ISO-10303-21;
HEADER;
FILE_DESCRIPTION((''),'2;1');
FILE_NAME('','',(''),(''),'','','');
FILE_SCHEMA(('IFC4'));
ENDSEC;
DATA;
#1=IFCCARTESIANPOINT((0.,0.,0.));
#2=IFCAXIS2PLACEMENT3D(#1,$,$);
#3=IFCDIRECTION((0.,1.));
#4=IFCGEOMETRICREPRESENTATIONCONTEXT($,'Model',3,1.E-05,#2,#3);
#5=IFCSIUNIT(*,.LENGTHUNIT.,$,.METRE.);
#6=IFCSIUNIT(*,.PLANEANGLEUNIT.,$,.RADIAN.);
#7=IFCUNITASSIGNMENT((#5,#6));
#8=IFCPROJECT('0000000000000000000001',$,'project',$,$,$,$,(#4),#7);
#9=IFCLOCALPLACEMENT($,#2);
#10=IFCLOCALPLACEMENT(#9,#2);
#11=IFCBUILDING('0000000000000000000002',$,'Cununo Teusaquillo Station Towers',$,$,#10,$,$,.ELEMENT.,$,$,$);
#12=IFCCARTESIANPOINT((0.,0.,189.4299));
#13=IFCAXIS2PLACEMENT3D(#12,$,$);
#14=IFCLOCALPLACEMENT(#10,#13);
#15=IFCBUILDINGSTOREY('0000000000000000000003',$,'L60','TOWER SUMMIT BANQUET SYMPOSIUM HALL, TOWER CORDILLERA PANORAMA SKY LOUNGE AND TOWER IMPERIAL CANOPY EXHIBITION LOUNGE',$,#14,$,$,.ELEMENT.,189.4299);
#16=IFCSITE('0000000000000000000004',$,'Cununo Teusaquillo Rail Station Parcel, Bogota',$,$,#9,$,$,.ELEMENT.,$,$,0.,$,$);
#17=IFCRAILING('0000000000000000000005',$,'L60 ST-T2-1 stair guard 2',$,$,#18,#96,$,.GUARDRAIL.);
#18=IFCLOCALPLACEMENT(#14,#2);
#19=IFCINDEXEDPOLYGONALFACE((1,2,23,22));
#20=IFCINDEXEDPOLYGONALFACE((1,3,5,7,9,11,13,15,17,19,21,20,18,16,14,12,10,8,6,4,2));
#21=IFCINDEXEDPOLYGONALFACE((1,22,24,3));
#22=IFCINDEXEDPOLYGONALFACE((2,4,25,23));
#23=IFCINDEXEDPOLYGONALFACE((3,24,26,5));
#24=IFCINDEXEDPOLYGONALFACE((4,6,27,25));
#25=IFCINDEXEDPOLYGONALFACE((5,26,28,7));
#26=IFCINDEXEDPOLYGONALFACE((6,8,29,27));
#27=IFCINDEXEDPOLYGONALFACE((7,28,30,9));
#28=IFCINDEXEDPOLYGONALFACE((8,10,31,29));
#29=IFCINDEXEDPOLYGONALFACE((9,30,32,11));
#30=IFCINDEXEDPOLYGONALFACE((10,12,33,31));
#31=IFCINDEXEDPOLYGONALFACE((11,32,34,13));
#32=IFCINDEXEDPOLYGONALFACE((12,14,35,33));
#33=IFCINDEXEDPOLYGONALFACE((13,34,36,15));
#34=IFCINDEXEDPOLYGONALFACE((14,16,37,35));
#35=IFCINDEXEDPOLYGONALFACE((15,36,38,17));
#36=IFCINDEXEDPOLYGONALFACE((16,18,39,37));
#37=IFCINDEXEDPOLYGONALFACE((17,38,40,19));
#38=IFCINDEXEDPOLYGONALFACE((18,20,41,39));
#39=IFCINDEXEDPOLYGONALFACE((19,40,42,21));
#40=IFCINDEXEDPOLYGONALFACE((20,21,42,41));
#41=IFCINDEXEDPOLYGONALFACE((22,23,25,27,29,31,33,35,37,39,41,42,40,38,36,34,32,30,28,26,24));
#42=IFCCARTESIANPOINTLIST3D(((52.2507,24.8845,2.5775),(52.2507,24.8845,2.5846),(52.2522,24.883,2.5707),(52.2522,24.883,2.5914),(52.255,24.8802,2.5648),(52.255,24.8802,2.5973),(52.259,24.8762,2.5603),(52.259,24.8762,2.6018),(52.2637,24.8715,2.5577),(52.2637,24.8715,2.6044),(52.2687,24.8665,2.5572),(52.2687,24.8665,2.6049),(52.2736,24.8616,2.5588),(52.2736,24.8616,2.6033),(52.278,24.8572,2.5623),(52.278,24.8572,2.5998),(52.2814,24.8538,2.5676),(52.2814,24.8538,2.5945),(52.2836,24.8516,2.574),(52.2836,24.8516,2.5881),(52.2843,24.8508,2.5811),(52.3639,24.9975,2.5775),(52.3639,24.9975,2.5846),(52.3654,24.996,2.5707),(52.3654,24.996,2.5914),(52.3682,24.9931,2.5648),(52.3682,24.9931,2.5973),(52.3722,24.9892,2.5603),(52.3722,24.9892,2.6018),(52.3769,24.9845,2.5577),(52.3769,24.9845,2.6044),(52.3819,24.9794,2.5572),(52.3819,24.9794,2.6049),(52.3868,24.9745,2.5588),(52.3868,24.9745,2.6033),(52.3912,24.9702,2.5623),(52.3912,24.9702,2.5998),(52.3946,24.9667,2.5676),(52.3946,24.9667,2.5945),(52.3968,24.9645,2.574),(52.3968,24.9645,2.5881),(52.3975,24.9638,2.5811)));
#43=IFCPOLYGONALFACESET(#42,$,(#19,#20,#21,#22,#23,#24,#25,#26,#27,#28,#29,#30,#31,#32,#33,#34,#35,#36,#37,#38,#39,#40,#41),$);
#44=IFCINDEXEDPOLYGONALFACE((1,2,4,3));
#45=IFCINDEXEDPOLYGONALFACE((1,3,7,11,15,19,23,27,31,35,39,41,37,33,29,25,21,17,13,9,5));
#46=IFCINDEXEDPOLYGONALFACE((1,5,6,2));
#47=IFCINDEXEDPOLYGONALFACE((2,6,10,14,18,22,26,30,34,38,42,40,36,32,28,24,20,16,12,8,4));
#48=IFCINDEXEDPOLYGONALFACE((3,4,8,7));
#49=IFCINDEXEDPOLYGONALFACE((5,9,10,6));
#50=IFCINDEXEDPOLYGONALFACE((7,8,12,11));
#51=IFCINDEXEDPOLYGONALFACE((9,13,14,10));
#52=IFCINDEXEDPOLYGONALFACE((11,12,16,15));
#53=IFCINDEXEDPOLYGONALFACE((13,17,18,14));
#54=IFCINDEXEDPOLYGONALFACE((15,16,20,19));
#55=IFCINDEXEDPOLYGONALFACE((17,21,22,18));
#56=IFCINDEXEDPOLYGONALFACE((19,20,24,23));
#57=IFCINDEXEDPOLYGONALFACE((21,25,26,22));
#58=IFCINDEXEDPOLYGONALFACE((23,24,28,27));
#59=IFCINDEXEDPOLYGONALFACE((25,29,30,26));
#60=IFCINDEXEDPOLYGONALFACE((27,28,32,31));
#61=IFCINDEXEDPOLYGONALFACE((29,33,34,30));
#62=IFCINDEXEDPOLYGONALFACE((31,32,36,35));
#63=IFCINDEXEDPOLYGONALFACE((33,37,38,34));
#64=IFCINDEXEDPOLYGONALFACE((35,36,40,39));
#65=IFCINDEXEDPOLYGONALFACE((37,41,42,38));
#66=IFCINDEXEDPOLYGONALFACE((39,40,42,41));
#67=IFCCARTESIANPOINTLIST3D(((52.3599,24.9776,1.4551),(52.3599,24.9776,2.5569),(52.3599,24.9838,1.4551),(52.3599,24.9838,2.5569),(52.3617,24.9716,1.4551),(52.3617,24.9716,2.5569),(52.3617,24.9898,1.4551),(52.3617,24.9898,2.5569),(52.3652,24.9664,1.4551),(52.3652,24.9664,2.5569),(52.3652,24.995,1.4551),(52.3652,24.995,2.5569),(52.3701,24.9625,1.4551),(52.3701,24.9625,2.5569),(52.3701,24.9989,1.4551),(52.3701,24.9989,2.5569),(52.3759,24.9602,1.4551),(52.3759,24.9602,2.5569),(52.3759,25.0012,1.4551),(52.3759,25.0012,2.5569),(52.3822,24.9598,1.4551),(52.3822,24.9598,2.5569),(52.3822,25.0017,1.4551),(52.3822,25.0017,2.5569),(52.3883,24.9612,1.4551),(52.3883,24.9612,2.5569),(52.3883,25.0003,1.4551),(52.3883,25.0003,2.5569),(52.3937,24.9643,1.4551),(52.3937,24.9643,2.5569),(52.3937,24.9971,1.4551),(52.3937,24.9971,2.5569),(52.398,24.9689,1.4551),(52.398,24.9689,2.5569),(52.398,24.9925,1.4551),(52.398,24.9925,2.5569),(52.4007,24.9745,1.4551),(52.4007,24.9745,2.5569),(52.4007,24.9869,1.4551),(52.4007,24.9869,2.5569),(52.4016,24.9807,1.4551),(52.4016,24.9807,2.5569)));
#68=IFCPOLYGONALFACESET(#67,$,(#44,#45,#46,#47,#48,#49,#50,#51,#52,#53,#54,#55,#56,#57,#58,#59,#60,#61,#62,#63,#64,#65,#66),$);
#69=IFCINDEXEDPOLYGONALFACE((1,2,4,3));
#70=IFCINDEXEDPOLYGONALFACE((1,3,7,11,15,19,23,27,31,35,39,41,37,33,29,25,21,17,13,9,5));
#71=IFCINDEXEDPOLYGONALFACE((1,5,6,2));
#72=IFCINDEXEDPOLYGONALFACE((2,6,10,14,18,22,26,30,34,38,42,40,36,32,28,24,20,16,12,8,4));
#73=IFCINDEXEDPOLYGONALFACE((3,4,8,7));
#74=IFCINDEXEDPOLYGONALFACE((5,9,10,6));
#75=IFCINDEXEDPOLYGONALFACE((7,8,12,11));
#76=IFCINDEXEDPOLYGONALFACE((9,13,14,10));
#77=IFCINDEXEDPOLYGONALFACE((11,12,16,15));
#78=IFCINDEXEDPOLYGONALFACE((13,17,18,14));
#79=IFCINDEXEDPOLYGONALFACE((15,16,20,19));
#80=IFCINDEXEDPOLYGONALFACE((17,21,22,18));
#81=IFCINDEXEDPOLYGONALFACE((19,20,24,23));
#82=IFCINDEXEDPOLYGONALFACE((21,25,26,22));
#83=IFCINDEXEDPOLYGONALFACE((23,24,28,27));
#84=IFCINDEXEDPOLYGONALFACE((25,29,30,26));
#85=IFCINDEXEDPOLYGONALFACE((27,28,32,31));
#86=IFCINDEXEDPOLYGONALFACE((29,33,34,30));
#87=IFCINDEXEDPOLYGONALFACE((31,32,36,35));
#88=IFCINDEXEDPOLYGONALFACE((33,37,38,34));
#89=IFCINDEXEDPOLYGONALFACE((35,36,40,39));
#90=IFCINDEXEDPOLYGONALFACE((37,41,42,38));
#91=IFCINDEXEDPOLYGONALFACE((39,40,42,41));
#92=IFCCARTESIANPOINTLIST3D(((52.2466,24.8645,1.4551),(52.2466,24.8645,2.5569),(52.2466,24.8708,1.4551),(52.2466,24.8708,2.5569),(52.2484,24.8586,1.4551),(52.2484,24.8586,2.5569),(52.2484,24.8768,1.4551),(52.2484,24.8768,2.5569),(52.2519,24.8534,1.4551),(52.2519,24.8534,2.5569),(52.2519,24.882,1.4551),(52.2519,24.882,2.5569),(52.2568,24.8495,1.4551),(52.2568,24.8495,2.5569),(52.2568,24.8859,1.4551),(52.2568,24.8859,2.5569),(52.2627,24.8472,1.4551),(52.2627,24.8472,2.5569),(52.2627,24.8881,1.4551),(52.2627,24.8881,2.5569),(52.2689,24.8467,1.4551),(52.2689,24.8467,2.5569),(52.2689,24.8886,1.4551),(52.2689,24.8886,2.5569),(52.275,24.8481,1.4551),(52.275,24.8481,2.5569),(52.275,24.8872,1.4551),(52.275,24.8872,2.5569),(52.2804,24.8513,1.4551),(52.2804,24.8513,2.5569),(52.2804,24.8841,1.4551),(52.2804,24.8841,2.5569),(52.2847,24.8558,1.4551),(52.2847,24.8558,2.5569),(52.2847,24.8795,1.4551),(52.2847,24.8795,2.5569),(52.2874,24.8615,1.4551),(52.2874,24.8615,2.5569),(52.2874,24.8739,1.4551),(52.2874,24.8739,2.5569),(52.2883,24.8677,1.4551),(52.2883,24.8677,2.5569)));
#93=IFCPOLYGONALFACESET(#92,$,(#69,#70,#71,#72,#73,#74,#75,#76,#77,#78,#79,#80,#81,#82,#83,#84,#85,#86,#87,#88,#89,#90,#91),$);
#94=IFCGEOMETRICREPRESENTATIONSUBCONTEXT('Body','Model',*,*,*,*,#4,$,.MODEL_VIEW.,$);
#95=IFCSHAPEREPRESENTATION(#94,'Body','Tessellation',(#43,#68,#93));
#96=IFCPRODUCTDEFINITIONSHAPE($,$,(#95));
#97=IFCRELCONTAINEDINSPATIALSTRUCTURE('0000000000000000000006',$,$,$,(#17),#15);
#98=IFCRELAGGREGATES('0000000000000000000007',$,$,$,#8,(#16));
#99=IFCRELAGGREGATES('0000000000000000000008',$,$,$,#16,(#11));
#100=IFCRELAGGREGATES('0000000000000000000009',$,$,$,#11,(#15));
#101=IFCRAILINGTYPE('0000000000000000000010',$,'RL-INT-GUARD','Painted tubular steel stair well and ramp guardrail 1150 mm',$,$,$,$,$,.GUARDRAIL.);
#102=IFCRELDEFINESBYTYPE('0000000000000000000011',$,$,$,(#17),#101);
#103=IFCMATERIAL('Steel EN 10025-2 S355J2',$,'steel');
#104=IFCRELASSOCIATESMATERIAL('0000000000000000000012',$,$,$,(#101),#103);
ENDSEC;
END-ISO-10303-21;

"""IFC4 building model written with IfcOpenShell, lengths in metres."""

from ifc_helpers import new_model, si_unit, direction, frame, origin, origin_2d, place, context, subcontext, project, spatial, circle, extrude, material, type_object, element, save


model = new_model("IFC4")

# Units and contexts
model_context = context("Model", 3, precision=1e-05, world=origin(), true_north=direction((0.0, 1.0)))
body_context = subcontext(model_context, "Body", "Model", "MODEL_VIEW")
ifc_project = project(units=[si_unit("LENGTHUNIT", "METRE"), si_unit("PLANEANGLEUNIT", "RADIAN")], contexts=[model_context])

# Site, building, storey
site_placement = place(None, origin())
site = spatial("IfcSite", under=ifc_project, at=site_placement, Name="Cununo Teusaquillo Rail Station Parcel, Bogota", CompositionType="ELEMENT", RefElevation=0.0)
building_placement = place(site_placement, origin())
building = spatial("IfcBuilding", under=site, at=building_placement, Name="Cununo Teusaquillo Station Towers", CompositionType="ELEMENT")
storey_placement = place(building_placement, frame((0.0, 0.0, 189.4299)))
storey = spatial("IfcBuildingStorey", under=building, at=storey_placement, Name="L60", Description="TOWER SUMMIT BANQUET SYMPOSIUM HALL, TOWER CORDILLERA PANORAMA SKY LOUNGE AND TOWER IMPERIAL CANOPY EXHIBITION LOUNGE", CompositionType="ELEMENT", Elevation=189.4299)

# Railing
ifc_material_1 = material(Name="Steel EN 10025-2 S355J2", Category="steel")
railing_type_1 = type_object("IfcRailingType", Name="RL-INT-GUARD", Description="Painted tubular steel stair well and ramp guardrail 1150 mm", PredefinedType="GUARDRAIL", material=ifc_material_1)
railing_1_placement = place(storey_placement, frame((52.3806, 24.9807, 1.4551)))
element("IfcRailing", 1, at=railing_1_placement, inside=storey, type_object=railing_type_1, Name="L60 ST-T2-1 stair guard 2", PredefinedType="GUARDRAIL", context=body_context, shape_type="SweptSolid", body=[
    extrude(circle(Radius=0.0239, at=origin_2d()), frame((0.0, 0.0, 1.126), z_axis=(-0.707869, -0.706344, 0.0), x_axis=(0.706344, -0.707869, 0.0)), (0.0, 0.0, 1.0), 0.1599),
    extrude(circle(Radius=0.021, at=origin_2d()), origin(), (0.0, 0.0, 1.0), 1.1018),
    extrude(circle(Radius=0.021, at=origin_2d()), frame((-0.1133, -0.113, 0.0)), (0.0, 0.0, 1.0), 1.1018),
])

save(model, "model.ifc")
